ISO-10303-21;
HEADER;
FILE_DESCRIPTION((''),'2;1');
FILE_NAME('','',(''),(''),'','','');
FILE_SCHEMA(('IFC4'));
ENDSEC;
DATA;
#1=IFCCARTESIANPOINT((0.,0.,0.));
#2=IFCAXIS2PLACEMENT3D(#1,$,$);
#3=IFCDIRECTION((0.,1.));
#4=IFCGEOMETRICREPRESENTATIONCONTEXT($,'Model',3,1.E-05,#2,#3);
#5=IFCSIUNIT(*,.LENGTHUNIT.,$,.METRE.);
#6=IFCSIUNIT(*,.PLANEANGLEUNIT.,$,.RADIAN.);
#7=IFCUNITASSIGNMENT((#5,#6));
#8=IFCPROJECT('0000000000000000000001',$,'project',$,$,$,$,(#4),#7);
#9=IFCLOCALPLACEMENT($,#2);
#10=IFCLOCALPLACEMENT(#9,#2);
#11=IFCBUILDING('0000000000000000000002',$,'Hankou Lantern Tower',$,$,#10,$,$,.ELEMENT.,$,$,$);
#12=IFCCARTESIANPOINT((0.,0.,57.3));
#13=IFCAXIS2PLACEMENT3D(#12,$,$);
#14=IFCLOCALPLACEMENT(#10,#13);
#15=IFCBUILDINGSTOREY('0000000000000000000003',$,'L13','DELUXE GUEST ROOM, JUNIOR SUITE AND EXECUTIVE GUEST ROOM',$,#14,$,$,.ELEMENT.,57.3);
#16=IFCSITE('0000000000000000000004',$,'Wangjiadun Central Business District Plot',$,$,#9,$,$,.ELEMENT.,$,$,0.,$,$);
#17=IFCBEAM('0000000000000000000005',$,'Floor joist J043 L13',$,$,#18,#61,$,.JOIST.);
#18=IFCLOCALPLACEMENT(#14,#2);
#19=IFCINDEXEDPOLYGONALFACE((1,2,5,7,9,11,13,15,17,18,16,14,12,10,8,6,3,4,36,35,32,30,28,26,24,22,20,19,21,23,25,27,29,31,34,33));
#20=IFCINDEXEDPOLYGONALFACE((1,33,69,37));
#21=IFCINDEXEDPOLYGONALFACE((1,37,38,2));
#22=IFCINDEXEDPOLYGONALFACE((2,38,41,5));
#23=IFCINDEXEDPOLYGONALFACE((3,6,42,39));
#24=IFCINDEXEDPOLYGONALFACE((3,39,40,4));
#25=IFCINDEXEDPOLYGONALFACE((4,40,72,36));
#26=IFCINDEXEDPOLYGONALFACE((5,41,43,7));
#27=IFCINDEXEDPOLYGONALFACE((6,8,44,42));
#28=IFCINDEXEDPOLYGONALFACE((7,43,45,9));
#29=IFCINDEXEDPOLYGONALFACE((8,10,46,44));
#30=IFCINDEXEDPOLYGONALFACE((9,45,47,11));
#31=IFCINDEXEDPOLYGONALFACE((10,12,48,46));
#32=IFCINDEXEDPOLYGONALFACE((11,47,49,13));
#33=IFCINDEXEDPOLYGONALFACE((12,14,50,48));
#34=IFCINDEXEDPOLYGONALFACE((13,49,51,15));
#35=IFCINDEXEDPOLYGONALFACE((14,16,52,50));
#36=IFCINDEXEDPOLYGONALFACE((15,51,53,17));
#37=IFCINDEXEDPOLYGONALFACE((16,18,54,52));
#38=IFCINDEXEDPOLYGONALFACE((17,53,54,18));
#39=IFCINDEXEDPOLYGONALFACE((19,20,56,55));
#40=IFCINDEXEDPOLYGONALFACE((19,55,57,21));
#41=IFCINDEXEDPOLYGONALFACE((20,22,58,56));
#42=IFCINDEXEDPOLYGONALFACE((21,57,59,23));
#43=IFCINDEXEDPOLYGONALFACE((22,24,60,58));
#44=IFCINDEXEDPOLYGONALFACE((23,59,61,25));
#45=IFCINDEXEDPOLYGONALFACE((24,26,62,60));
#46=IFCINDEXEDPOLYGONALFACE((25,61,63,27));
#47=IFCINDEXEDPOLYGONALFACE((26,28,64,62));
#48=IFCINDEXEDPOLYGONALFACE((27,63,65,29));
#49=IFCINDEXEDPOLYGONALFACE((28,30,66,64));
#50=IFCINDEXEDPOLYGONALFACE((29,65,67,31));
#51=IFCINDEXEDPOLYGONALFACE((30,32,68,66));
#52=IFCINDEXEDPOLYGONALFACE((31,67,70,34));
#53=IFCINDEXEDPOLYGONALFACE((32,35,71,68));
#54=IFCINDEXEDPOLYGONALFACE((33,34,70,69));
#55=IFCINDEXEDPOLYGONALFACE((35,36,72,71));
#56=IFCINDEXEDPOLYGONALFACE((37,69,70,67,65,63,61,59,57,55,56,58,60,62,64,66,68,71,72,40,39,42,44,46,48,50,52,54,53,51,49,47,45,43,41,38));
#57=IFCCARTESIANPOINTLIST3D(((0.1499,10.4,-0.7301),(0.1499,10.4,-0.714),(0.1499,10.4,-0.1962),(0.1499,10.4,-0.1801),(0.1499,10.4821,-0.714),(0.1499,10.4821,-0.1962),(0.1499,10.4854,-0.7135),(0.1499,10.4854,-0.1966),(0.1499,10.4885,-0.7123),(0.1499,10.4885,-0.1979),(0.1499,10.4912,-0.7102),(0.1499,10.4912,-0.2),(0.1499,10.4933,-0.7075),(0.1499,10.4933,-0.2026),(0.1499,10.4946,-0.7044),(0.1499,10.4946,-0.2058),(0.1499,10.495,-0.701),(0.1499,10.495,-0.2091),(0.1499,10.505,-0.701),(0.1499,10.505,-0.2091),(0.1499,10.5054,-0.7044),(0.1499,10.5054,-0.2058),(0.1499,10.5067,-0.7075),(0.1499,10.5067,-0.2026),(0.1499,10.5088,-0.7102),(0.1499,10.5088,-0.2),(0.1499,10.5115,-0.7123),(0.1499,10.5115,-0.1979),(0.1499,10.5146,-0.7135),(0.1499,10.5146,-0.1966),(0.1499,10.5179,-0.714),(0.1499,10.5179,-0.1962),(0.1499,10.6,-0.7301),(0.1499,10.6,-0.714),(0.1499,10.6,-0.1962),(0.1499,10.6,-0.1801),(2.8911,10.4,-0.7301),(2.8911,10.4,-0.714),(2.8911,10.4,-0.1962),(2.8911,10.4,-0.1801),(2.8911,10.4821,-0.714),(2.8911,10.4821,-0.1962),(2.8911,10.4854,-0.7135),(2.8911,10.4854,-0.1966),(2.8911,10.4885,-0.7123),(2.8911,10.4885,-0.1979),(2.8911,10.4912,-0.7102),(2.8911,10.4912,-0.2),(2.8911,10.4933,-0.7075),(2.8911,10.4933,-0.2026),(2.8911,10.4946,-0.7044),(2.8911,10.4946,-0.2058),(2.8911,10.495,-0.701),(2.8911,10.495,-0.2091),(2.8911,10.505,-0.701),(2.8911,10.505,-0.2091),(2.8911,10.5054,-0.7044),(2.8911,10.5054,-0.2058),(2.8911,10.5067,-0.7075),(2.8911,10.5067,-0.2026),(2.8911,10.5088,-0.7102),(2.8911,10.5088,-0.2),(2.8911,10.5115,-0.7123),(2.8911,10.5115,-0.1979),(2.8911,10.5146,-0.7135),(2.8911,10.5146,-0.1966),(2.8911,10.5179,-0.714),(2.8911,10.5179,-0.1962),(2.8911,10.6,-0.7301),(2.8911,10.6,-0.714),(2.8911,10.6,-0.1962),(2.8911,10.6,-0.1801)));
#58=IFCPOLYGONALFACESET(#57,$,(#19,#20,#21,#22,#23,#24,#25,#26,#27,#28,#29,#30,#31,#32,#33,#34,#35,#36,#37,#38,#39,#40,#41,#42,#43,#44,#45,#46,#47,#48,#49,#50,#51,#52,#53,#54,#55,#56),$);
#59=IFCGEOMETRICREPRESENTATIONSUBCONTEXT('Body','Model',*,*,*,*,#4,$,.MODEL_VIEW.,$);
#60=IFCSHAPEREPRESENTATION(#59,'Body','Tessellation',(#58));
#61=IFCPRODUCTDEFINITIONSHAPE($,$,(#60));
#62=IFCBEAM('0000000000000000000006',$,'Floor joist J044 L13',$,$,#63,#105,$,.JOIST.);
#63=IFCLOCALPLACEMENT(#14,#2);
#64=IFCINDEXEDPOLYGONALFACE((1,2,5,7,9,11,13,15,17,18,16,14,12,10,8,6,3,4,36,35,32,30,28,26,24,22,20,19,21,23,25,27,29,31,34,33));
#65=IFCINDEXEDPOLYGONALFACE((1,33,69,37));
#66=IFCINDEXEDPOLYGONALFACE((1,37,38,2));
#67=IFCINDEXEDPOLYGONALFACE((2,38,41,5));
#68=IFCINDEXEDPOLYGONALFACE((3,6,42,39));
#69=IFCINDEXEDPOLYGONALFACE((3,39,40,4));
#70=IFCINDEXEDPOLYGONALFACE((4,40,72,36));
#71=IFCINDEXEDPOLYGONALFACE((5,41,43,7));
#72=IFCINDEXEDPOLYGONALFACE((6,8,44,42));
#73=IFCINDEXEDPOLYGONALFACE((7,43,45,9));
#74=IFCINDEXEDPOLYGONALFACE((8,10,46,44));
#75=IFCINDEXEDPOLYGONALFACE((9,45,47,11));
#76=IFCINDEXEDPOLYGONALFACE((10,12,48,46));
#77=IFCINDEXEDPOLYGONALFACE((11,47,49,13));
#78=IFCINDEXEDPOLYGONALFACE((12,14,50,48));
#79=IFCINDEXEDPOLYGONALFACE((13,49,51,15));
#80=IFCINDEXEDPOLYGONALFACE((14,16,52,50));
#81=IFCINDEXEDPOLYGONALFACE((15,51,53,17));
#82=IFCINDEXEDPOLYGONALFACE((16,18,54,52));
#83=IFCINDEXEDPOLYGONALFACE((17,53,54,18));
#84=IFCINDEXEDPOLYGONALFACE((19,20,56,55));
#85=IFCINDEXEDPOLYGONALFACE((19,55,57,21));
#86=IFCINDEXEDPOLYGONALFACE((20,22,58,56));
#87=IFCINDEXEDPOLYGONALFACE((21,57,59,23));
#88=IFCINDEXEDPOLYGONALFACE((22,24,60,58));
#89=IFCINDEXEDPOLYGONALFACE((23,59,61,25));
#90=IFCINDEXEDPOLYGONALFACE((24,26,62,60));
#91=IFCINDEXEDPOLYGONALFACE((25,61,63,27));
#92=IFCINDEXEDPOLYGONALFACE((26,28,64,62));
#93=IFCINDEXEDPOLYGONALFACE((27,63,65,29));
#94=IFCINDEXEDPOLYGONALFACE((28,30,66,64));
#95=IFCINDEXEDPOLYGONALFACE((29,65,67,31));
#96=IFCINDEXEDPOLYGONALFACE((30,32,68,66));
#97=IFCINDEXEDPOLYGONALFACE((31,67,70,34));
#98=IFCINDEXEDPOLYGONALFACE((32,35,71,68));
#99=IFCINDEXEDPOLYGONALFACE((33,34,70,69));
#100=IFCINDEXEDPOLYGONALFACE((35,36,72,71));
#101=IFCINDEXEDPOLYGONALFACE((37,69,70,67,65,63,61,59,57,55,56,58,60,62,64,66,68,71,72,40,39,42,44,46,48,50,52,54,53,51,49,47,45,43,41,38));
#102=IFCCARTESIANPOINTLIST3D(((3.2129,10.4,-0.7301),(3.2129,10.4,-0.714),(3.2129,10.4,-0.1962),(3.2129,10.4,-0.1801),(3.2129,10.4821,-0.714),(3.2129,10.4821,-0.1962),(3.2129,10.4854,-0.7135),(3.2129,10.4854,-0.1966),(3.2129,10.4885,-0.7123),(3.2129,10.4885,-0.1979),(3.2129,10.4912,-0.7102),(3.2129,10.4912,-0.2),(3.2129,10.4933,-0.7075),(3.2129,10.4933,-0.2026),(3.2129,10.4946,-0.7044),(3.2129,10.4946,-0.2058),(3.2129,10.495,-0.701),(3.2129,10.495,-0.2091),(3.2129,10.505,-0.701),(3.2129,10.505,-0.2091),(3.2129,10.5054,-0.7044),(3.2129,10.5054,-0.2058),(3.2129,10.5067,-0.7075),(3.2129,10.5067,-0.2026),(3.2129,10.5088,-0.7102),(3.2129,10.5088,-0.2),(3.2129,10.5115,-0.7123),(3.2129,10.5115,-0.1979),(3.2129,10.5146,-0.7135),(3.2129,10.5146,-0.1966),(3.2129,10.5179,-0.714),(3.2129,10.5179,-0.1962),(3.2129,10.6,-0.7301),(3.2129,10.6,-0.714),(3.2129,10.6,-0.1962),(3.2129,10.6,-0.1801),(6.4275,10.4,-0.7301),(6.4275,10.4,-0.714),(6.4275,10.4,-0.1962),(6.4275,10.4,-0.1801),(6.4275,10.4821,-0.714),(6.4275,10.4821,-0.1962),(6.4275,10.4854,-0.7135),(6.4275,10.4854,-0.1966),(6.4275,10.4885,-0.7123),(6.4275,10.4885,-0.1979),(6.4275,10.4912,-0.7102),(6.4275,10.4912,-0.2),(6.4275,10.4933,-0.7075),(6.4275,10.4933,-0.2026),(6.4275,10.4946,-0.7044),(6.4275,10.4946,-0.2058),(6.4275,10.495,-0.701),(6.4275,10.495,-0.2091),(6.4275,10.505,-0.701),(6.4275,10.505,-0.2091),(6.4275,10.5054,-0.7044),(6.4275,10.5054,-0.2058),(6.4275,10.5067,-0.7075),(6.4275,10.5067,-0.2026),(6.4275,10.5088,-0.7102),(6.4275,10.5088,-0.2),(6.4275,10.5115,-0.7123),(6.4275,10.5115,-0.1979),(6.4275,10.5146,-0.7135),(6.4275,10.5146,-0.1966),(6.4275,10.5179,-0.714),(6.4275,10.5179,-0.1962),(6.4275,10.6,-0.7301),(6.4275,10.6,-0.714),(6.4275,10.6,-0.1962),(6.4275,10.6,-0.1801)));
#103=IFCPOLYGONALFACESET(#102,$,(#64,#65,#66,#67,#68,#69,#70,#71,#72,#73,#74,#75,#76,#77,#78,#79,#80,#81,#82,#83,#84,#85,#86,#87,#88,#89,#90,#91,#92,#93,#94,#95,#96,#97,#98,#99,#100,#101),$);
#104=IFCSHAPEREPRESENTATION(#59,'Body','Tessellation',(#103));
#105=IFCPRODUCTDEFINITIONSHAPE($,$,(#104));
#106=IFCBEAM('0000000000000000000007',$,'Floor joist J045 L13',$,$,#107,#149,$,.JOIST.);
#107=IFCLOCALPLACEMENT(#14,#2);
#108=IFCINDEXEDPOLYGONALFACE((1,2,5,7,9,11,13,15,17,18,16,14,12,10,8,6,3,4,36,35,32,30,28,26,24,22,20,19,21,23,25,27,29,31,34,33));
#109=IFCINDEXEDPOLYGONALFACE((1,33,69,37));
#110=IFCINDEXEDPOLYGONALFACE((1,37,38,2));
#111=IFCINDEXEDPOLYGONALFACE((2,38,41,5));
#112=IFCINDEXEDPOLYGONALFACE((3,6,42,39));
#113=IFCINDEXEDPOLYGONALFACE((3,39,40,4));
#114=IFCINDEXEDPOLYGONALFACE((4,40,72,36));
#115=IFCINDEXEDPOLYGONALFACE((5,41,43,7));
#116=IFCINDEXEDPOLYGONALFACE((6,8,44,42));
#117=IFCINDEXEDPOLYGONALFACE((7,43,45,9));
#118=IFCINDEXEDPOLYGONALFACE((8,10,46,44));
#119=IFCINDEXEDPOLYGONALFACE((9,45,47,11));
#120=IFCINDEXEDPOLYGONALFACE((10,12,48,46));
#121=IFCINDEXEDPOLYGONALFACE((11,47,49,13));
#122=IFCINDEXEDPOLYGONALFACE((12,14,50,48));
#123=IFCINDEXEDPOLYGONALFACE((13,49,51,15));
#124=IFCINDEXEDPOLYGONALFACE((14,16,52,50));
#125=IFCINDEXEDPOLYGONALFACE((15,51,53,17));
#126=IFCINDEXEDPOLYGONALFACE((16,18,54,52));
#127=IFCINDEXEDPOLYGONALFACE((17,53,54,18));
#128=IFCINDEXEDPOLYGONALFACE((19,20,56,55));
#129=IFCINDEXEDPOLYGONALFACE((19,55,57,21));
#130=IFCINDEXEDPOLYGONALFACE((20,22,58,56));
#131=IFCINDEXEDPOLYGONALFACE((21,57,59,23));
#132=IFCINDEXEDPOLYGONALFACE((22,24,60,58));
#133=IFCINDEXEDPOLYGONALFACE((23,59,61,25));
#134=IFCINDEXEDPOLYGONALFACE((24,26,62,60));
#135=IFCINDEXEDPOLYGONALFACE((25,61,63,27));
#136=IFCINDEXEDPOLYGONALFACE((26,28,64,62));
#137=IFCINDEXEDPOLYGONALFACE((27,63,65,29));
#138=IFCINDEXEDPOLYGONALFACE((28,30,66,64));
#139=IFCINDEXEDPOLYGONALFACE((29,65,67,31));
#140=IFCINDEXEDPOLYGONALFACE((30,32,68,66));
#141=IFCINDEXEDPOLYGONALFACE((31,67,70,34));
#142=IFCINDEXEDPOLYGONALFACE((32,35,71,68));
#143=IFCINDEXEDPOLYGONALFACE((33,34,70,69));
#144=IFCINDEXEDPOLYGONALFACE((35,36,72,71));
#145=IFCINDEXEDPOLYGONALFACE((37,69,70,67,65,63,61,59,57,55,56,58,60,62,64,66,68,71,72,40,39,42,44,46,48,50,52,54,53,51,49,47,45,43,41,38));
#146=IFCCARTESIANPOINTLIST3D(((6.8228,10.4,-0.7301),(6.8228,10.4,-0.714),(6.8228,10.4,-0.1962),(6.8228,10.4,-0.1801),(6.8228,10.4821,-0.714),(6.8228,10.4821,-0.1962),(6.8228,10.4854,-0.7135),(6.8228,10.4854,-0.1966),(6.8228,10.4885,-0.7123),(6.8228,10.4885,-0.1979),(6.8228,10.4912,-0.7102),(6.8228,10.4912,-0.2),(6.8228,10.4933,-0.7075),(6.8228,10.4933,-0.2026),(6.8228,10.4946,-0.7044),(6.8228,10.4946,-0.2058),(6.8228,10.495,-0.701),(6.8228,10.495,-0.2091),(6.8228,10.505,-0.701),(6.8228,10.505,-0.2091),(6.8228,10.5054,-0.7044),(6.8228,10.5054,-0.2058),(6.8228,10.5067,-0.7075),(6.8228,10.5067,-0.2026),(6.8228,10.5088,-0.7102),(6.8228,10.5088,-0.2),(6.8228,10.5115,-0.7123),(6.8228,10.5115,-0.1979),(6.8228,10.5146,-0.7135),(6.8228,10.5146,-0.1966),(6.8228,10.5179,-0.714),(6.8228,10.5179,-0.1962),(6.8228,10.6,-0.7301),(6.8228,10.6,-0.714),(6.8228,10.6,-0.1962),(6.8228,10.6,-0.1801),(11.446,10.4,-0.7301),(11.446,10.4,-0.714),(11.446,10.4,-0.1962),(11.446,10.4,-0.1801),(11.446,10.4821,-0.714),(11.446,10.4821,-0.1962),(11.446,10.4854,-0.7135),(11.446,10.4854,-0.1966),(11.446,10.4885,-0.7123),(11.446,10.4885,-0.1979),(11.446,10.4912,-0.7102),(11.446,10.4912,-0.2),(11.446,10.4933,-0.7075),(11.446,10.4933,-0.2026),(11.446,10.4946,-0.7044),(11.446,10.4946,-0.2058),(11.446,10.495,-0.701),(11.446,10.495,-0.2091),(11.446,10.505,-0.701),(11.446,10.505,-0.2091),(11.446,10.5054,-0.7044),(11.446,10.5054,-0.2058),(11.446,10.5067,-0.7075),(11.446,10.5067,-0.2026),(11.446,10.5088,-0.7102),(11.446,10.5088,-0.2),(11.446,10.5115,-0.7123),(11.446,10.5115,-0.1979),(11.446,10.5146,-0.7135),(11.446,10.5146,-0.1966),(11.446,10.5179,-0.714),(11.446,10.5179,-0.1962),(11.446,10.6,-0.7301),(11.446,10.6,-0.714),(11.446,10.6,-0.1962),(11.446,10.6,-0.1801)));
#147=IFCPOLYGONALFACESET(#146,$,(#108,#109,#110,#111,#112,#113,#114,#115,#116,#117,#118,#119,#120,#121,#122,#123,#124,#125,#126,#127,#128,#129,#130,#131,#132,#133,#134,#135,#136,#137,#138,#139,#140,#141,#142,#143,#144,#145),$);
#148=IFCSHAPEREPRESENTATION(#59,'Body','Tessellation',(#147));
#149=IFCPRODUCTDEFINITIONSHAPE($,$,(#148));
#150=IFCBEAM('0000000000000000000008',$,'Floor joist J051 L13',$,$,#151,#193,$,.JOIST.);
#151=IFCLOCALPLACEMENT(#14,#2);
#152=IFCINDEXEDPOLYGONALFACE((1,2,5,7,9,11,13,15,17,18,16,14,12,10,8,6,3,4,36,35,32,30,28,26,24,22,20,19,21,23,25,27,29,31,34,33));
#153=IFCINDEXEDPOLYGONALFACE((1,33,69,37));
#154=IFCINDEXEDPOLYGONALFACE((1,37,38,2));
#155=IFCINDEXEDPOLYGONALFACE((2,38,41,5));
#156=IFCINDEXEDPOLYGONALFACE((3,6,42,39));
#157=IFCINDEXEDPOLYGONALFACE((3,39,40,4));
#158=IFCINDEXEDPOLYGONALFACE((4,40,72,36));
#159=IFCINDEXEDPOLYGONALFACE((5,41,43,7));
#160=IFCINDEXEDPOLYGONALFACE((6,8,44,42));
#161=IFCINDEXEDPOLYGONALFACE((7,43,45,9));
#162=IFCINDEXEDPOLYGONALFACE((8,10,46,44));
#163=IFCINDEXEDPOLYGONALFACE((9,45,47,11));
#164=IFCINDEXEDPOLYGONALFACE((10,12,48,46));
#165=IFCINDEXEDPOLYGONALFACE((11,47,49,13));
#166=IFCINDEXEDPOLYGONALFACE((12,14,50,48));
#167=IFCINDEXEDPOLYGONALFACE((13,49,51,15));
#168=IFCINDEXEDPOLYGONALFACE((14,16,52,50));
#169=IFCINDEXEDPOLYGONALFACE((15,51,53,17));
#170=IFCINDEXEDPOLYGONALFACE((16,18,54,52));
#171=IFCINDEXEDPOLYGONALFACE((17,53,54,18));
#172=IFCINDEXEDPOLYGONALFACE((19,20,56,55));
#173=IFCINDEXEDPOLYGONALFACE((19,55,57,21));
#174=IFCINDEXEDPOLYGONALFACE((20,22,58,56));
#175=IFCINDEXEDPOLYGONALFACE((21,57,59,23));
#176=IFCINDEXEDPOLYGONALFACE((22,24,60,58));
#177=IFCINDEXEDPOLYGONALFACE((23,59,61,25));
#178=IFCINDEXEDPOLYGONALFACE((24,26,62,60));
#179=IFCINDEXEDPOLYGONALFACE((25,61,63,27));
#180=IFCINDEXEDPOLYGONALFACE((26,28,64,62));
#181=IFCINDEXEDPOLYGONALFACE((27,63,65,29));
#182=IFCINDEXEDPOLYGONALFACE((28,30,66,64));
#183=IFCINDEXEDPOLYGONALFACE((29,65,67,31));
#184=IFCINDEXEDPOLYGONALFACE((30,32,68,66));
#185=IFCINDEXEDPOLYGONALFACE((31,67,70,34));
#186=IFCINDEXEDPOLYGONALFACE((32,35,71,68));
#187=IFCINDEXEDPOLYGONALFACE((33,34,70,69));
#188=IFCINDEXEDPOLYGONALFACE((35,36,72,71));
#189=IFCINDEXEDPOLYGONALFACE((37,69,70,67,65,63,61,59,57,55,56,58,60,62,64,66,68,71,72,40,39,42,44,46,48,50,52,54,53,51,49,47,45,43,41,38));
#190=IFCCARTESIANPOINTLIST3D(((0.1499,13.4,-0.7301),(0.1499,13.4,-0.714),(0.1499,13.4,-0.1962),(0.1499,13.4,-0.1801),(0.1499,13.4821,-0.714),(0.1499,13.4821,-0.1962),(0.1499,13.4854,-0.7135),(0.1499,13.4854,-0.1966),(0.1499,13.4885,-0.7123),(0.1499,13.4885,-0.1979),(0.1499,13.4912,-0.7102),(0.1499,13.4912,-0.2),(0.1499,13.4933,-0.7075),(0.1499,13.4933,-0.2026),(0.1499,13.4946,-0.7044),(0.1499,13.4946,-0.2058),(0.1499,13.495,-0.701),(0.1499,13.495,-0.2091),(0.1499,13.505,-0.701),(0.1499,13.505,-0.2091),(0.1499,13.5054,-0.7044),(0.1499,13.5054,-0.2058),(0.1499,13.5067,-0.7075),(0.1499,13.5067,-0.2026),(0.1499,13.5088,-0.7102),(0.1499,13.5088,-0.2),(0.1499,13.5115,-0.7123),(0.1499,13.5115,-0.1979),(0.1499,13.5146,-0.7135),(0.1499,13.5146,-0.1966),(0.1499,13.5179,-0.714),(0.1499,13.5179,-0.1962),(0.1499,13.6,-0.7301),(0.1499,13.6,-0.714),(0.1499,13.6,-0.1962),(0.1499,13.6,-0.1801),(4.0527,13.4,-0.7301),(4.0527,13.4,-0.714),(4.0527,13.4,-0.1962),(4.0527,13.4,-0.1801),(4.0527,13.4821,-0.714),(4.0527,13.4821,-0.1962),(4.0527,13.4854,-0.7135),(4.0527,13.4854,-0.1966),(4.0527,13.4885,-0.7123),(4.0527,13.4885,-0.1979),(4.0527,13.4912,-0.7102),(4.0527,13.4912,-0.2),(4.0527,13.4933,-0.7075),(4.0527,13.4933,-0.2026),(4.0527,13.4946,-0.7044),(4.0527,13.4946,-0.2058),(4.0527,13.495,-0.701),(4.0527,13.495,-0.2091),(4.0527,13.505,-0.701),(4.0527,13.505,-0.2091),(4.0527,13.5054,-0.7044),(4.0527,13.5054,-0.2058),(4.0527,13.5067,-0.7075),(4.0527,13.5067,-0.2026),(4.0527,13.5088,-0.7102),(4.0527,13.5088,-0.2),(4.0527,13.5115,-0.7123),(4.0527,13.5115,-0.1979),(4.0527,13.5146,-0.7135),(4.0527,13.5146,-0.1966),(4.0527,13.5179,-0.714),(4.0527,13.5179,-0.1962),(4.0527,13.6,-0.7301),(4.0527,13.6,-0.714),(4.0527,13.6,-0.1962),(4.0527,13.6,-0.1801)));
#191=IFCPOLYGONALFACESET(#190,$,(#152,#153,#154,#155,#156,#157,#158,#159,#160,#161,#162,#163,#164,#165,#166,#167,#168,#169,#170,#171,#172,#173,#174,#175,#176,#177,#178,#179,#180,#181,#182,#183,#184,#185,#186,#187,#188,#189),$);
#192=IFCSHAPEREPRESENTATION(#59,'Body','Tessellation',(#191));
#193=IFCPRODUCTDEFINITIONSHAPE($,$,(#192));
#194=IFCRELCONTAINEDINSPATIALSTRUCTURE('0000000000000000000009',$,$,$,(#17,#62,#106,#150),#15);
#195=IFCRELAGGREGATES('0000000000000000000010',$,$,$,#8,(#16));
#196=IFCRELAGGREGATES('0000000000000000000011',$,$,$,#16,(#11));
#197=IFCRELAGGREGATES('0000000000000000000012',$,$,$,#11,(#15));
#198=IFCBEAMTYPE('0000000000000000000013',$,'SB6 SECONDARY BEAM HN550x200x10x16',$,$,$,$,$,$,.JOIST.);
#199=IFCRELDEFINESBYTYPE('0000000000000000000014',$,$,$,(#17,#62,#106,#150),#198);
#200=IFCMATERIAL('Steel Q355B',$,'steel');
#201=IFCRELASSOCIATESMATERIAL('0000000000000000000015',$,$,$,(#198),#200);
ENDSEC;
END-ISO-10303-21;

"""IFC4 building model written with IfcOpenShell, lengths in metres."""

from ifc_helpers import new_model, si_unit, direction, frame, origin, origin_2d, place, context, subcontext, project, spatial, i_section, extrude, material, material_profile, profile_set, type_object, element, save


model = new_model("IFC4")

# Units and contexts
model_context = context("Model", 3, precision=1e-05, world=origin(), true_north=direction((0.0, 1.0)))
body_context = subcontext(model_context, "Body", "Model", "MODEL_VIEW")
ifc_project = project(units=[si_unit("LENGTHUNIT", "METRE"), si_unit("PLANEANGLEUNIT", "RADIAN")], contexts=[model_context])

# Site, building, storey
site_placement = place(None, origin())
site = spatial("IfcSite", under=ifc_project, at=site_placement, Name="Wangjiadun Central Business District Plot", CompositionType="ELEMENT", RefElevation=0.0)
building_placement = place(site_placement, origin())
building = spatial("IfcBuilding", under=site, at=building_placement, Name="Hankou Lantern Tower", CompositionType="ELEMENT")
storey_placement = place(building_placement, frame((0.0, 0.0, 57.3)))
storey = spatial("IfcBuildingStorey", under=building, at=storey_placement, Name="L13", Description="DELUXE GUEST ROOM, JUNIOR SUITE AND EXECUTIVE GUEST ROOM", CompositionType="ELEMENT", Elevation=57.3)

# Beams
ifc_material_1 = material(Name="Steel Q355B", Category="steel")
ifc_material_profile = material_profile(ifc_material_1, i_section(OverallWidth=0.2, OverallDepth=0.55, WebThickness=0.01, FlangeThickness=0.0161, FilletRadius=0.0129, at=origin_2d()), Name="HN550x200x10x16")
ifc_profile_set = profile_set([ifc_material_profile], Name="Steel Q355B")
beam_type = type_object("IfcBeamType", Name="SB6 SECONDARY BEAM HN550x200x10x16", PredefinedType="JOIST", material=ifc_profile_set)
beam_1_placement = place(storey_placement, frame((0.1499, 10.5, -0.4551), z_axis=(1.0, 0.0, 0.0), x_axis=(0.0, 1.0, 0.0)))
element("IfcBeam", 1, at=beam_1_placement, inside=storey, type_object=beam_type, Name="Floor joist J043 L13", PredefinedType="JOIST", context=body_context, shape_type="SweptSolid", body=[
    extrude(i_section(OverallWidth=0.2, OverallDepth=0.55, WebThickness=0.01, FlangeThickness=0.0161, FilletRadius=0.0129, at=origin_2d()), origin(), (0.0, 0.0, 1.0), 2.7412),
])
beam_2_placement = place(storey_placement, frame((3.2129, 10.5, -0.4551), z_axis=(1.0, 0.0, 0.0), x_axis=(0.0, 1.0, 0.0)))
element("IfcBeam", 2, at=beam_2_placement, inside=storey, type_object=beam_type, Name="Floor joist J044 L13", PredefinedType="JOIST", context=body_context, shape_type="SweptSolid", body=[
    extrude(i_section(OverallWidth=0.2, OverallDepth=0.55, WebThickness=0.01, FlangeThickness=0.0161, FilletRadius=0.0129, at=origin_2d()), origin(), (0.0, 0.0, 1.0), 3.2146),
])
beam_3_placement = place(storey_placement, frame((6.8228, 10.5, -0.4551), z_axis=(1.0, 0.0, 0.0), x_axis=(0.0, 1.0, 0.0)))
element("IfcBeam", 3, at=beam_3_placement, inside=storey, type_object=beam_type, Name="Floor joist J045 L13", PredefinedType="JOIST", context=body_context, shape_type="SweptSolid", body=[
    extrude(i_section(OverallWidth=0.2, OverallDepth=0.55, WebThickness=0.01, FlangeThickness=0.0161, FilletRadius=0.0129, at=origin_2d()), origin(), (0.0, 0.0, 1.0), 4.6233),
])
beam_4_placement = place(storey_placement, frame((0.1499, 13.5, -0.4551), z_axis=(1.0, 0.0, 0.0), x_axis=(0.0, 1.0, 0.0)))
element("IfcBeam", 4, at=beam_4_placement, inside=storey, type_object=beam_type, Name="Floor joist J051 L13", PredefinedType="JOIST", context=body_context, shape_type="SweptSolid", body=[
    extrude(i_section(OverallWidth=0.2, OverallDepth=0.55, WebThickness=0.01, FlangeThickness=0.0161, FilletRadius=0.0129, at=origin_2d()), origin(), (0.0, 0.0, 1.0), 3.9028),
])

save(model, "model.ifc")
